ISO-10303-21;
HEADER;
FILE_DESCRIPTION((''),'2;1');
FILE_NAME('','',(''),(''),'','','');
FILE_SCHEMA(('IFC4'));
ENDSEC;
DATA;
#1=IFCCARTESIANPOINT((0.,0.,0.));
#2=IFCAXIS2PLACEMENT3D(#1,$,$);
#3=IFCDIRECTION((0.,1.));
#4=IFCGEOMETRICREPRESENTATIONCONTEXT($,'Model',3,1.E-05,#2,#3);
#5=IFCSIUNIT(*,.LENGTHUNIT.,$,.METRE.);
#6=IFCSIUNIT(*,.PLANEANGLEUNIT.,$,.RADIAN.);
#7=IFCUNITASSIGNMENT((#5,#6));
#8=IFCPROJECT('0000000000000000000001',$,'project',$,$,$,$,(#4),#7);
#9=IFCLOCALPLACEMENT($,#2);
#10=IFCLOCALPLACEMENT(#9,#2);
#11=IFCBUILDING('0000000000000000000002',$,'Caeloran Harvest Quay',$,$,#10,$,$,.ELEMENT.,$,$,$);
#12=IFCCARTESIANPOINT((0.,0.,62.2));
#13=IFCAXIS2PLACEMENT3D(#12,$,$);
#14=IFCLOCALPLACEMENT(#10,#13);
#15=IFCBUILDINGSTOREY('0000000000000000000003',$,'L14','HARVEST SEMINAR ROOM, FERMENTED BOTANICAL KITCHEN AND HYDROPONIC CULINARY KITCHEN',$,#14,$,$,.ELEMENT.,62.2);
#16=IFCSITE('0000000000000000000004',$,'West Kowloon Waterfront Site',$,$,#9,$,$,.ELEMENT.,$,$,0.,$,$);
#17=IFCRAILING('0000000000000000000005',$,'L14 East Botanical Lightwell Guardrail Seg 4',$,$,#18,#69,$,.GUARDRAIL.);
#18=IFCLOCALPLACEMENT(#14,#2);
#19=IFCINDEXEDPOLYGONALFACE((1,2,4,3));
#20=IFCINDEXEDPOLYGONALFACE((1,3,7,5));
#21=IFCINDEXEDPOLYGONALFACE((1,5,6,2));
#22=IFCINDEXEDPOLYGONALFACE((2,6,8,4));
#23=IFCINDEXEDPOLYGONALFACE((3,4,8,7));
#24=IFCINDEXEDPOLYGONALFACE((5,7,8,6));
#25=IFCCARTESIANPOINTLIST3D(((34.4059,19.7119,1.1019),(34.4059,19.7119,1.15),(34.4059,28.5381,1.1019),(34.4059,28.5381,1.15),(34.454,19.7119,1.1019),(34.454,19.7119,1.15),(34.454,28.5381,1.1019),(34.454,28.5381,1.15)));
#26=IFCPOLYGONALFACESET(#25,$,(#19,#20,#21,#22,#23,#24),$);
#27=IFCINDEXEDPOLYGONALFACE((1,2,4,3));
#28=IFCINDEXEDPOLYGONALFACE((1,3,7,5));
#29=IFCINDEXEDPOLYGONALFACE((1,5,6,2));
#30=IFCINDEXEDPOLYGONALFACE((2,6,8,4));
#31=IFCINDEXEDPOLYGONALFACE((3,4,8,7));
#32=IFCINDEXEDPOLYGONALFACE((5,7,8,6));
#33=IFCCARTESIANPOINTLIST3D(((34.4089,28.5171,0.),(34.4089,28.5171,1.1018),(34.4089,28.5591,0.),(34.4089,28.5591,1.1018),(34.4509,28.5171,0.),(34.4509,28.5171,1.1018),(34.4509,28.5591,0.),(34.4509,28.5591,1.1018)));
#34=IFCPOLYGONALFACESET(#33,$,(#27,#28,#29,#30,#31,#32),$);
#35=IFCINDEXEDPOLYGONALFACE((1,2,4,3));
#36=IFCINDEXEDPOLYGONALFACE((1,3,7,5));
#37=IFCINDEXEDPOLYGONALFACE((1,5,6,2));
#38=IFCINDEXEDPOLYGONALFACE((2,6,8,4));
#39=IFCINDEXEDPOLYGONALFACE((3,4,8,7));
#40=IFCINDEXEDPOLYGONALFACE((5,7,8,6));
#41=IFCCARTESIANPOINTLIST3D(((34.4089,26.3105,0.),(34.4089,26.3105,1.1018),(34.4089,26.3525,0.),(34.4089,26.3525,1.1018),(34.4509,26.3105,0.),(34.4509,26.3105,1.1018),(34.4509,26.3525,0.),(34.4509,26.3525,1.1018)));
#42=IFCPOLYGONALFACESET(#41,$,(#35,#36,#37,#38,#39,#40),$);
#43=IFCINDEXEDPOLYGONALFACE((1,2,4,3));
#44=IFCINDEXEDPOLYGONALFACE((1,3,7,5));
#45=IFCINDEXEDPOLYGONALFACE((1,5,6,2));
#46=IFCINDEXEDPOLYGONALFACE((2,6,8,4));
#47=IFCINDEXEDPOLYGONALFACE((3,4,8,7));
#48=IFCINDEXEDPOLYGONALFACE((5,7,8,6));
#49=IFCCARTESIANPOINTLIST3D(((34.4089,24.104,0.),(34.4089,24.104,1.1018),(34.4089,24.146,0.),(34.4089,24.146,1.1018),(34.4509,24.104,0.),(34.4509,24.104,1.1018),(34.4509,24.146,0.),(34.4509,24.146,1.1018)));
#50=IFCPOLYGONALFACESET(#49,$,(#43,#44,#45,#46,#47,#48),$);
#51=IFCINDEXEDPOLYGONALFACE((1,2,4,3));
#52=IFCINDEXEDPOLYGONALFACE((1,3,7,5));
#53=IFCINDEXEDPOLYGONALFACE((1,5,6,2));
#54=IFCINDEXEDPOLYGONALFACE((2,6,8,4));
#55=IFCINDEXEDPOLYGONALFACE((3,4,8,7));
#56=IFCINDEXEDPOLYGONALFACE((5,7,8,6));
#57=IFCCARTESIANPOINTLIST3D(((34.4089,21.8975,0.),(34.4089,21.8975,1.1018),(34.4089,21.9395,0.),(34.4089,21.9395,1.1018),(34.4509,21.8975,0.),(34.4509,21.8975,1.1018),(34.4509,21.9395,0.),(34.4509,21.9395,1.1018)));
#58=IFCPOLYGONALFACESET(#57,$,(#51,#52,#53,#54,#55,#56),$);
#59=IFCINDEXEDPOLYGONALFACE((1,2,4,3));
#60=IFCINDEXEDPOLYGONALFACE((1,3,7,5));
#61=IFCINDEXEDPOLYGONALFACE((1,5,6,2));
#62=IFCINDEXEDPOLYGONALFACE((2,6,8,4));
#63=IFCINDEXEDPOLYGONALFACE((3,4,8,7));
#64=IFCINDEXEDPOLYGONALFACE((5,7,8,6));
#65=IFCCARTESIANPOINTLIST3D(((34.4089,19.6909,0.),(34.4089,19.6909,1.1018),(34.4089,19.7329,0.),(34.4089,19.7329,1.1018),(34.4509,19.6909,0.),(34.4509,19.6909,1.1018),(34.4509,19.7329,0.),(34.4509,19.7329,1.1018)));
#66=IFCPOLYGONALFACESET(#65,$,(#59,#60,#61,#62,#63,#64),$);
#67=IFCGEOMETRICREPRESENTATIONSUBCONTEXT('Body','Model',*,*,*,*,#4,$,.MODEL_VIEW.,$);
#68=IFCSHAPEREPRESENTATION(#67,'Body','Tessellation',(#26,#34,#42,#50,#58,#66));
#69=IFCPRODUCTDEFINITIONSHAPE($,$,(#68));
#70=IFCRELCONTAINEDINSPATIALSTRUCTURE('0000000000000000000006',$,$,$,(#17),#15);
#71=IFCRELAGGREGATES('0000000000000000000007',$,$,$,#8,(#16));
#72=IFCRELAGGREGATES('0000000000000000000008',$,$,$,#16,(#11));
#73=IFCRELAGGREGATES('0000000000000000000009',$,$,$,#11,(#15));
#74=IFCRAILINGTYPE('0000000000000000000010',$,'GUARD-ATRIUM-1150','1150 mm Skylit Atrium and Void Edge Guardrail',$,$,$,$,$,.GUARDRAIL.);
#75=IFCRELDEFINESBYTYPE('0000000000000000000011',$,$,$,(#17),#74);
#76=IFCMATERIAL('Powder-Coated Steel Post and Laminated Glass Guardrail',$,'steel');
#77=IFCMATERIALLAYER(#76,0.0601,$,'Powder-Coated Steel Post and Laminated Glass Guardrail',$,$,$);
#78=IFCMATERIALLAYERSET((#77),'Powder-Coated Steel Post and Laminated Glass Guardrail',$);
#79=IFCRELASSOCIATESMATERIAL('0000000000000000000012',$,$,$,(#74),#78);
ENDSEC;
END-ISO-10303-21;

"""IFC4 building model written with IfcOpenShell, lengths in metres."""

from ifc_helpers import new_model, si_unit, direction, frame, origin, origin_2d, place, context, subcontext, project, spatial, rectangle, extrude, material, layer, layer_set, type_object, element, save


model = new_model("IFC4")

# Units and contexts
model_context = context("Model", 3, precision=1e-05, world=origin(), true_north=direction((0.0, 1.0)))
body_context = subcontext(model_context, "Body", "Model", "MODEL_VIEW")
ifc_project = project(units=[si_unit("LENGTHUNIT", "METRE"), si_unit("PLANEANGLEUNIT", "RADIAN")], contexts=[model_context])

# Site, building, storey
site_placement = place(None, origin())
site = spatial("IfcSite", under=ifc_project, at=site_placement, Name="West Kowloon Waterfront Site", CompositionType="ELEMENT", RefElevation=0.0)
building_placement = place(site_placement, origin())
building = spatial("IfcBuilding", under=site, at=building_placement, Name="Caeloran Harvest Quay", CompositionType="ELEMENT")
storey_placement = place(building_placement, frame((0.0, 0.0, 62.2)))
storey = spatial("IfcBuildingStorey", under=building, at=storey_placement, Name="L14", Description="HARVEST SEMINAR ROOM, FERMENTED BOTANICAL KITCHEN AND HYDROPONIC CULINARY KITCHEN", CompositionType="ELEMENT", Elevation=62.2)

# Railing
ifc_material_1 = material(Name="Powder-Coated Steel Post and Laminated Glass Guardrail", Category="steel")
ifc_layer_1 = layer(ifc_material_1, 0.0601, Name="Powder-Coated Steel Post and Laminated Glass Guardrail")
ifc_layer_set_1 = layer_set([ifc_layer_1], Name="Powder-Coated Steel Post and Laminated Glass Guardrail")
railing_type = type_object("IfcRailingType", Name="GUARD-ATRIUM-1150", Description="1150 mm Skylit Atrium and Void Edge Guardrail", PredefinedType="GUARDRAIL", material=ifc_layer_set_1)
railing_1_placement = place(storey_placement, frame((34.4299, 28.5381, 0.0)))
element("IfcRailing", 1, at=railing_1_placement, inside=storey, type_object=railing_type, Name="L14 East Botanical Lightwell Guardrail Seg 4", PredefinedType="GUARDRAIL", context=body_context, shape_type="SweptSolid", body=[
    extrude(rectangle(XDim=0.0481, YDim=0.0481, at=origin_2d()), frame((0.0, 0.0, 1.126), z_axis=(0.0, -1.0, 0.0), x_axis=(1.0, 0.0, 0.0)), (0.0, 0.0, 1.0), 8.8262),
    extrude(rectangle(XDim=0.042, YDim=0.042, at=origin_2d()), origin(), (0.0, 0.0, 1.0), 1.1018),
    extrude(rectangle(XDim=0.042, YDim=0.042, at=origin_2d()), frame((0.0, -2.2065, 0.0)), (0.0, 0.0, 1.0), 1.1018),
    extrude(rectangle(XDim=0.042, YDim=0.042, at=origin_2d()), frame((0.0, -4.4131, 0.0)), (0.0, 0.0, 1.0), 1.1018),
    extrude(rectangle(XDim=0.042, YDim=0.042, at=origin_2d()), frame((0.0, -6.6196, 0.0)), (0.0, 0.0, 1.0), 1.1018),
    extrude(rectangle(XDim=0.042, YDim=0.042, at=origin_2d()), frame((0.0, -8.8262, 0.0)), (0.0, 0.0, 1.0), 1.1018),
])

save(model, "model.ifc")
